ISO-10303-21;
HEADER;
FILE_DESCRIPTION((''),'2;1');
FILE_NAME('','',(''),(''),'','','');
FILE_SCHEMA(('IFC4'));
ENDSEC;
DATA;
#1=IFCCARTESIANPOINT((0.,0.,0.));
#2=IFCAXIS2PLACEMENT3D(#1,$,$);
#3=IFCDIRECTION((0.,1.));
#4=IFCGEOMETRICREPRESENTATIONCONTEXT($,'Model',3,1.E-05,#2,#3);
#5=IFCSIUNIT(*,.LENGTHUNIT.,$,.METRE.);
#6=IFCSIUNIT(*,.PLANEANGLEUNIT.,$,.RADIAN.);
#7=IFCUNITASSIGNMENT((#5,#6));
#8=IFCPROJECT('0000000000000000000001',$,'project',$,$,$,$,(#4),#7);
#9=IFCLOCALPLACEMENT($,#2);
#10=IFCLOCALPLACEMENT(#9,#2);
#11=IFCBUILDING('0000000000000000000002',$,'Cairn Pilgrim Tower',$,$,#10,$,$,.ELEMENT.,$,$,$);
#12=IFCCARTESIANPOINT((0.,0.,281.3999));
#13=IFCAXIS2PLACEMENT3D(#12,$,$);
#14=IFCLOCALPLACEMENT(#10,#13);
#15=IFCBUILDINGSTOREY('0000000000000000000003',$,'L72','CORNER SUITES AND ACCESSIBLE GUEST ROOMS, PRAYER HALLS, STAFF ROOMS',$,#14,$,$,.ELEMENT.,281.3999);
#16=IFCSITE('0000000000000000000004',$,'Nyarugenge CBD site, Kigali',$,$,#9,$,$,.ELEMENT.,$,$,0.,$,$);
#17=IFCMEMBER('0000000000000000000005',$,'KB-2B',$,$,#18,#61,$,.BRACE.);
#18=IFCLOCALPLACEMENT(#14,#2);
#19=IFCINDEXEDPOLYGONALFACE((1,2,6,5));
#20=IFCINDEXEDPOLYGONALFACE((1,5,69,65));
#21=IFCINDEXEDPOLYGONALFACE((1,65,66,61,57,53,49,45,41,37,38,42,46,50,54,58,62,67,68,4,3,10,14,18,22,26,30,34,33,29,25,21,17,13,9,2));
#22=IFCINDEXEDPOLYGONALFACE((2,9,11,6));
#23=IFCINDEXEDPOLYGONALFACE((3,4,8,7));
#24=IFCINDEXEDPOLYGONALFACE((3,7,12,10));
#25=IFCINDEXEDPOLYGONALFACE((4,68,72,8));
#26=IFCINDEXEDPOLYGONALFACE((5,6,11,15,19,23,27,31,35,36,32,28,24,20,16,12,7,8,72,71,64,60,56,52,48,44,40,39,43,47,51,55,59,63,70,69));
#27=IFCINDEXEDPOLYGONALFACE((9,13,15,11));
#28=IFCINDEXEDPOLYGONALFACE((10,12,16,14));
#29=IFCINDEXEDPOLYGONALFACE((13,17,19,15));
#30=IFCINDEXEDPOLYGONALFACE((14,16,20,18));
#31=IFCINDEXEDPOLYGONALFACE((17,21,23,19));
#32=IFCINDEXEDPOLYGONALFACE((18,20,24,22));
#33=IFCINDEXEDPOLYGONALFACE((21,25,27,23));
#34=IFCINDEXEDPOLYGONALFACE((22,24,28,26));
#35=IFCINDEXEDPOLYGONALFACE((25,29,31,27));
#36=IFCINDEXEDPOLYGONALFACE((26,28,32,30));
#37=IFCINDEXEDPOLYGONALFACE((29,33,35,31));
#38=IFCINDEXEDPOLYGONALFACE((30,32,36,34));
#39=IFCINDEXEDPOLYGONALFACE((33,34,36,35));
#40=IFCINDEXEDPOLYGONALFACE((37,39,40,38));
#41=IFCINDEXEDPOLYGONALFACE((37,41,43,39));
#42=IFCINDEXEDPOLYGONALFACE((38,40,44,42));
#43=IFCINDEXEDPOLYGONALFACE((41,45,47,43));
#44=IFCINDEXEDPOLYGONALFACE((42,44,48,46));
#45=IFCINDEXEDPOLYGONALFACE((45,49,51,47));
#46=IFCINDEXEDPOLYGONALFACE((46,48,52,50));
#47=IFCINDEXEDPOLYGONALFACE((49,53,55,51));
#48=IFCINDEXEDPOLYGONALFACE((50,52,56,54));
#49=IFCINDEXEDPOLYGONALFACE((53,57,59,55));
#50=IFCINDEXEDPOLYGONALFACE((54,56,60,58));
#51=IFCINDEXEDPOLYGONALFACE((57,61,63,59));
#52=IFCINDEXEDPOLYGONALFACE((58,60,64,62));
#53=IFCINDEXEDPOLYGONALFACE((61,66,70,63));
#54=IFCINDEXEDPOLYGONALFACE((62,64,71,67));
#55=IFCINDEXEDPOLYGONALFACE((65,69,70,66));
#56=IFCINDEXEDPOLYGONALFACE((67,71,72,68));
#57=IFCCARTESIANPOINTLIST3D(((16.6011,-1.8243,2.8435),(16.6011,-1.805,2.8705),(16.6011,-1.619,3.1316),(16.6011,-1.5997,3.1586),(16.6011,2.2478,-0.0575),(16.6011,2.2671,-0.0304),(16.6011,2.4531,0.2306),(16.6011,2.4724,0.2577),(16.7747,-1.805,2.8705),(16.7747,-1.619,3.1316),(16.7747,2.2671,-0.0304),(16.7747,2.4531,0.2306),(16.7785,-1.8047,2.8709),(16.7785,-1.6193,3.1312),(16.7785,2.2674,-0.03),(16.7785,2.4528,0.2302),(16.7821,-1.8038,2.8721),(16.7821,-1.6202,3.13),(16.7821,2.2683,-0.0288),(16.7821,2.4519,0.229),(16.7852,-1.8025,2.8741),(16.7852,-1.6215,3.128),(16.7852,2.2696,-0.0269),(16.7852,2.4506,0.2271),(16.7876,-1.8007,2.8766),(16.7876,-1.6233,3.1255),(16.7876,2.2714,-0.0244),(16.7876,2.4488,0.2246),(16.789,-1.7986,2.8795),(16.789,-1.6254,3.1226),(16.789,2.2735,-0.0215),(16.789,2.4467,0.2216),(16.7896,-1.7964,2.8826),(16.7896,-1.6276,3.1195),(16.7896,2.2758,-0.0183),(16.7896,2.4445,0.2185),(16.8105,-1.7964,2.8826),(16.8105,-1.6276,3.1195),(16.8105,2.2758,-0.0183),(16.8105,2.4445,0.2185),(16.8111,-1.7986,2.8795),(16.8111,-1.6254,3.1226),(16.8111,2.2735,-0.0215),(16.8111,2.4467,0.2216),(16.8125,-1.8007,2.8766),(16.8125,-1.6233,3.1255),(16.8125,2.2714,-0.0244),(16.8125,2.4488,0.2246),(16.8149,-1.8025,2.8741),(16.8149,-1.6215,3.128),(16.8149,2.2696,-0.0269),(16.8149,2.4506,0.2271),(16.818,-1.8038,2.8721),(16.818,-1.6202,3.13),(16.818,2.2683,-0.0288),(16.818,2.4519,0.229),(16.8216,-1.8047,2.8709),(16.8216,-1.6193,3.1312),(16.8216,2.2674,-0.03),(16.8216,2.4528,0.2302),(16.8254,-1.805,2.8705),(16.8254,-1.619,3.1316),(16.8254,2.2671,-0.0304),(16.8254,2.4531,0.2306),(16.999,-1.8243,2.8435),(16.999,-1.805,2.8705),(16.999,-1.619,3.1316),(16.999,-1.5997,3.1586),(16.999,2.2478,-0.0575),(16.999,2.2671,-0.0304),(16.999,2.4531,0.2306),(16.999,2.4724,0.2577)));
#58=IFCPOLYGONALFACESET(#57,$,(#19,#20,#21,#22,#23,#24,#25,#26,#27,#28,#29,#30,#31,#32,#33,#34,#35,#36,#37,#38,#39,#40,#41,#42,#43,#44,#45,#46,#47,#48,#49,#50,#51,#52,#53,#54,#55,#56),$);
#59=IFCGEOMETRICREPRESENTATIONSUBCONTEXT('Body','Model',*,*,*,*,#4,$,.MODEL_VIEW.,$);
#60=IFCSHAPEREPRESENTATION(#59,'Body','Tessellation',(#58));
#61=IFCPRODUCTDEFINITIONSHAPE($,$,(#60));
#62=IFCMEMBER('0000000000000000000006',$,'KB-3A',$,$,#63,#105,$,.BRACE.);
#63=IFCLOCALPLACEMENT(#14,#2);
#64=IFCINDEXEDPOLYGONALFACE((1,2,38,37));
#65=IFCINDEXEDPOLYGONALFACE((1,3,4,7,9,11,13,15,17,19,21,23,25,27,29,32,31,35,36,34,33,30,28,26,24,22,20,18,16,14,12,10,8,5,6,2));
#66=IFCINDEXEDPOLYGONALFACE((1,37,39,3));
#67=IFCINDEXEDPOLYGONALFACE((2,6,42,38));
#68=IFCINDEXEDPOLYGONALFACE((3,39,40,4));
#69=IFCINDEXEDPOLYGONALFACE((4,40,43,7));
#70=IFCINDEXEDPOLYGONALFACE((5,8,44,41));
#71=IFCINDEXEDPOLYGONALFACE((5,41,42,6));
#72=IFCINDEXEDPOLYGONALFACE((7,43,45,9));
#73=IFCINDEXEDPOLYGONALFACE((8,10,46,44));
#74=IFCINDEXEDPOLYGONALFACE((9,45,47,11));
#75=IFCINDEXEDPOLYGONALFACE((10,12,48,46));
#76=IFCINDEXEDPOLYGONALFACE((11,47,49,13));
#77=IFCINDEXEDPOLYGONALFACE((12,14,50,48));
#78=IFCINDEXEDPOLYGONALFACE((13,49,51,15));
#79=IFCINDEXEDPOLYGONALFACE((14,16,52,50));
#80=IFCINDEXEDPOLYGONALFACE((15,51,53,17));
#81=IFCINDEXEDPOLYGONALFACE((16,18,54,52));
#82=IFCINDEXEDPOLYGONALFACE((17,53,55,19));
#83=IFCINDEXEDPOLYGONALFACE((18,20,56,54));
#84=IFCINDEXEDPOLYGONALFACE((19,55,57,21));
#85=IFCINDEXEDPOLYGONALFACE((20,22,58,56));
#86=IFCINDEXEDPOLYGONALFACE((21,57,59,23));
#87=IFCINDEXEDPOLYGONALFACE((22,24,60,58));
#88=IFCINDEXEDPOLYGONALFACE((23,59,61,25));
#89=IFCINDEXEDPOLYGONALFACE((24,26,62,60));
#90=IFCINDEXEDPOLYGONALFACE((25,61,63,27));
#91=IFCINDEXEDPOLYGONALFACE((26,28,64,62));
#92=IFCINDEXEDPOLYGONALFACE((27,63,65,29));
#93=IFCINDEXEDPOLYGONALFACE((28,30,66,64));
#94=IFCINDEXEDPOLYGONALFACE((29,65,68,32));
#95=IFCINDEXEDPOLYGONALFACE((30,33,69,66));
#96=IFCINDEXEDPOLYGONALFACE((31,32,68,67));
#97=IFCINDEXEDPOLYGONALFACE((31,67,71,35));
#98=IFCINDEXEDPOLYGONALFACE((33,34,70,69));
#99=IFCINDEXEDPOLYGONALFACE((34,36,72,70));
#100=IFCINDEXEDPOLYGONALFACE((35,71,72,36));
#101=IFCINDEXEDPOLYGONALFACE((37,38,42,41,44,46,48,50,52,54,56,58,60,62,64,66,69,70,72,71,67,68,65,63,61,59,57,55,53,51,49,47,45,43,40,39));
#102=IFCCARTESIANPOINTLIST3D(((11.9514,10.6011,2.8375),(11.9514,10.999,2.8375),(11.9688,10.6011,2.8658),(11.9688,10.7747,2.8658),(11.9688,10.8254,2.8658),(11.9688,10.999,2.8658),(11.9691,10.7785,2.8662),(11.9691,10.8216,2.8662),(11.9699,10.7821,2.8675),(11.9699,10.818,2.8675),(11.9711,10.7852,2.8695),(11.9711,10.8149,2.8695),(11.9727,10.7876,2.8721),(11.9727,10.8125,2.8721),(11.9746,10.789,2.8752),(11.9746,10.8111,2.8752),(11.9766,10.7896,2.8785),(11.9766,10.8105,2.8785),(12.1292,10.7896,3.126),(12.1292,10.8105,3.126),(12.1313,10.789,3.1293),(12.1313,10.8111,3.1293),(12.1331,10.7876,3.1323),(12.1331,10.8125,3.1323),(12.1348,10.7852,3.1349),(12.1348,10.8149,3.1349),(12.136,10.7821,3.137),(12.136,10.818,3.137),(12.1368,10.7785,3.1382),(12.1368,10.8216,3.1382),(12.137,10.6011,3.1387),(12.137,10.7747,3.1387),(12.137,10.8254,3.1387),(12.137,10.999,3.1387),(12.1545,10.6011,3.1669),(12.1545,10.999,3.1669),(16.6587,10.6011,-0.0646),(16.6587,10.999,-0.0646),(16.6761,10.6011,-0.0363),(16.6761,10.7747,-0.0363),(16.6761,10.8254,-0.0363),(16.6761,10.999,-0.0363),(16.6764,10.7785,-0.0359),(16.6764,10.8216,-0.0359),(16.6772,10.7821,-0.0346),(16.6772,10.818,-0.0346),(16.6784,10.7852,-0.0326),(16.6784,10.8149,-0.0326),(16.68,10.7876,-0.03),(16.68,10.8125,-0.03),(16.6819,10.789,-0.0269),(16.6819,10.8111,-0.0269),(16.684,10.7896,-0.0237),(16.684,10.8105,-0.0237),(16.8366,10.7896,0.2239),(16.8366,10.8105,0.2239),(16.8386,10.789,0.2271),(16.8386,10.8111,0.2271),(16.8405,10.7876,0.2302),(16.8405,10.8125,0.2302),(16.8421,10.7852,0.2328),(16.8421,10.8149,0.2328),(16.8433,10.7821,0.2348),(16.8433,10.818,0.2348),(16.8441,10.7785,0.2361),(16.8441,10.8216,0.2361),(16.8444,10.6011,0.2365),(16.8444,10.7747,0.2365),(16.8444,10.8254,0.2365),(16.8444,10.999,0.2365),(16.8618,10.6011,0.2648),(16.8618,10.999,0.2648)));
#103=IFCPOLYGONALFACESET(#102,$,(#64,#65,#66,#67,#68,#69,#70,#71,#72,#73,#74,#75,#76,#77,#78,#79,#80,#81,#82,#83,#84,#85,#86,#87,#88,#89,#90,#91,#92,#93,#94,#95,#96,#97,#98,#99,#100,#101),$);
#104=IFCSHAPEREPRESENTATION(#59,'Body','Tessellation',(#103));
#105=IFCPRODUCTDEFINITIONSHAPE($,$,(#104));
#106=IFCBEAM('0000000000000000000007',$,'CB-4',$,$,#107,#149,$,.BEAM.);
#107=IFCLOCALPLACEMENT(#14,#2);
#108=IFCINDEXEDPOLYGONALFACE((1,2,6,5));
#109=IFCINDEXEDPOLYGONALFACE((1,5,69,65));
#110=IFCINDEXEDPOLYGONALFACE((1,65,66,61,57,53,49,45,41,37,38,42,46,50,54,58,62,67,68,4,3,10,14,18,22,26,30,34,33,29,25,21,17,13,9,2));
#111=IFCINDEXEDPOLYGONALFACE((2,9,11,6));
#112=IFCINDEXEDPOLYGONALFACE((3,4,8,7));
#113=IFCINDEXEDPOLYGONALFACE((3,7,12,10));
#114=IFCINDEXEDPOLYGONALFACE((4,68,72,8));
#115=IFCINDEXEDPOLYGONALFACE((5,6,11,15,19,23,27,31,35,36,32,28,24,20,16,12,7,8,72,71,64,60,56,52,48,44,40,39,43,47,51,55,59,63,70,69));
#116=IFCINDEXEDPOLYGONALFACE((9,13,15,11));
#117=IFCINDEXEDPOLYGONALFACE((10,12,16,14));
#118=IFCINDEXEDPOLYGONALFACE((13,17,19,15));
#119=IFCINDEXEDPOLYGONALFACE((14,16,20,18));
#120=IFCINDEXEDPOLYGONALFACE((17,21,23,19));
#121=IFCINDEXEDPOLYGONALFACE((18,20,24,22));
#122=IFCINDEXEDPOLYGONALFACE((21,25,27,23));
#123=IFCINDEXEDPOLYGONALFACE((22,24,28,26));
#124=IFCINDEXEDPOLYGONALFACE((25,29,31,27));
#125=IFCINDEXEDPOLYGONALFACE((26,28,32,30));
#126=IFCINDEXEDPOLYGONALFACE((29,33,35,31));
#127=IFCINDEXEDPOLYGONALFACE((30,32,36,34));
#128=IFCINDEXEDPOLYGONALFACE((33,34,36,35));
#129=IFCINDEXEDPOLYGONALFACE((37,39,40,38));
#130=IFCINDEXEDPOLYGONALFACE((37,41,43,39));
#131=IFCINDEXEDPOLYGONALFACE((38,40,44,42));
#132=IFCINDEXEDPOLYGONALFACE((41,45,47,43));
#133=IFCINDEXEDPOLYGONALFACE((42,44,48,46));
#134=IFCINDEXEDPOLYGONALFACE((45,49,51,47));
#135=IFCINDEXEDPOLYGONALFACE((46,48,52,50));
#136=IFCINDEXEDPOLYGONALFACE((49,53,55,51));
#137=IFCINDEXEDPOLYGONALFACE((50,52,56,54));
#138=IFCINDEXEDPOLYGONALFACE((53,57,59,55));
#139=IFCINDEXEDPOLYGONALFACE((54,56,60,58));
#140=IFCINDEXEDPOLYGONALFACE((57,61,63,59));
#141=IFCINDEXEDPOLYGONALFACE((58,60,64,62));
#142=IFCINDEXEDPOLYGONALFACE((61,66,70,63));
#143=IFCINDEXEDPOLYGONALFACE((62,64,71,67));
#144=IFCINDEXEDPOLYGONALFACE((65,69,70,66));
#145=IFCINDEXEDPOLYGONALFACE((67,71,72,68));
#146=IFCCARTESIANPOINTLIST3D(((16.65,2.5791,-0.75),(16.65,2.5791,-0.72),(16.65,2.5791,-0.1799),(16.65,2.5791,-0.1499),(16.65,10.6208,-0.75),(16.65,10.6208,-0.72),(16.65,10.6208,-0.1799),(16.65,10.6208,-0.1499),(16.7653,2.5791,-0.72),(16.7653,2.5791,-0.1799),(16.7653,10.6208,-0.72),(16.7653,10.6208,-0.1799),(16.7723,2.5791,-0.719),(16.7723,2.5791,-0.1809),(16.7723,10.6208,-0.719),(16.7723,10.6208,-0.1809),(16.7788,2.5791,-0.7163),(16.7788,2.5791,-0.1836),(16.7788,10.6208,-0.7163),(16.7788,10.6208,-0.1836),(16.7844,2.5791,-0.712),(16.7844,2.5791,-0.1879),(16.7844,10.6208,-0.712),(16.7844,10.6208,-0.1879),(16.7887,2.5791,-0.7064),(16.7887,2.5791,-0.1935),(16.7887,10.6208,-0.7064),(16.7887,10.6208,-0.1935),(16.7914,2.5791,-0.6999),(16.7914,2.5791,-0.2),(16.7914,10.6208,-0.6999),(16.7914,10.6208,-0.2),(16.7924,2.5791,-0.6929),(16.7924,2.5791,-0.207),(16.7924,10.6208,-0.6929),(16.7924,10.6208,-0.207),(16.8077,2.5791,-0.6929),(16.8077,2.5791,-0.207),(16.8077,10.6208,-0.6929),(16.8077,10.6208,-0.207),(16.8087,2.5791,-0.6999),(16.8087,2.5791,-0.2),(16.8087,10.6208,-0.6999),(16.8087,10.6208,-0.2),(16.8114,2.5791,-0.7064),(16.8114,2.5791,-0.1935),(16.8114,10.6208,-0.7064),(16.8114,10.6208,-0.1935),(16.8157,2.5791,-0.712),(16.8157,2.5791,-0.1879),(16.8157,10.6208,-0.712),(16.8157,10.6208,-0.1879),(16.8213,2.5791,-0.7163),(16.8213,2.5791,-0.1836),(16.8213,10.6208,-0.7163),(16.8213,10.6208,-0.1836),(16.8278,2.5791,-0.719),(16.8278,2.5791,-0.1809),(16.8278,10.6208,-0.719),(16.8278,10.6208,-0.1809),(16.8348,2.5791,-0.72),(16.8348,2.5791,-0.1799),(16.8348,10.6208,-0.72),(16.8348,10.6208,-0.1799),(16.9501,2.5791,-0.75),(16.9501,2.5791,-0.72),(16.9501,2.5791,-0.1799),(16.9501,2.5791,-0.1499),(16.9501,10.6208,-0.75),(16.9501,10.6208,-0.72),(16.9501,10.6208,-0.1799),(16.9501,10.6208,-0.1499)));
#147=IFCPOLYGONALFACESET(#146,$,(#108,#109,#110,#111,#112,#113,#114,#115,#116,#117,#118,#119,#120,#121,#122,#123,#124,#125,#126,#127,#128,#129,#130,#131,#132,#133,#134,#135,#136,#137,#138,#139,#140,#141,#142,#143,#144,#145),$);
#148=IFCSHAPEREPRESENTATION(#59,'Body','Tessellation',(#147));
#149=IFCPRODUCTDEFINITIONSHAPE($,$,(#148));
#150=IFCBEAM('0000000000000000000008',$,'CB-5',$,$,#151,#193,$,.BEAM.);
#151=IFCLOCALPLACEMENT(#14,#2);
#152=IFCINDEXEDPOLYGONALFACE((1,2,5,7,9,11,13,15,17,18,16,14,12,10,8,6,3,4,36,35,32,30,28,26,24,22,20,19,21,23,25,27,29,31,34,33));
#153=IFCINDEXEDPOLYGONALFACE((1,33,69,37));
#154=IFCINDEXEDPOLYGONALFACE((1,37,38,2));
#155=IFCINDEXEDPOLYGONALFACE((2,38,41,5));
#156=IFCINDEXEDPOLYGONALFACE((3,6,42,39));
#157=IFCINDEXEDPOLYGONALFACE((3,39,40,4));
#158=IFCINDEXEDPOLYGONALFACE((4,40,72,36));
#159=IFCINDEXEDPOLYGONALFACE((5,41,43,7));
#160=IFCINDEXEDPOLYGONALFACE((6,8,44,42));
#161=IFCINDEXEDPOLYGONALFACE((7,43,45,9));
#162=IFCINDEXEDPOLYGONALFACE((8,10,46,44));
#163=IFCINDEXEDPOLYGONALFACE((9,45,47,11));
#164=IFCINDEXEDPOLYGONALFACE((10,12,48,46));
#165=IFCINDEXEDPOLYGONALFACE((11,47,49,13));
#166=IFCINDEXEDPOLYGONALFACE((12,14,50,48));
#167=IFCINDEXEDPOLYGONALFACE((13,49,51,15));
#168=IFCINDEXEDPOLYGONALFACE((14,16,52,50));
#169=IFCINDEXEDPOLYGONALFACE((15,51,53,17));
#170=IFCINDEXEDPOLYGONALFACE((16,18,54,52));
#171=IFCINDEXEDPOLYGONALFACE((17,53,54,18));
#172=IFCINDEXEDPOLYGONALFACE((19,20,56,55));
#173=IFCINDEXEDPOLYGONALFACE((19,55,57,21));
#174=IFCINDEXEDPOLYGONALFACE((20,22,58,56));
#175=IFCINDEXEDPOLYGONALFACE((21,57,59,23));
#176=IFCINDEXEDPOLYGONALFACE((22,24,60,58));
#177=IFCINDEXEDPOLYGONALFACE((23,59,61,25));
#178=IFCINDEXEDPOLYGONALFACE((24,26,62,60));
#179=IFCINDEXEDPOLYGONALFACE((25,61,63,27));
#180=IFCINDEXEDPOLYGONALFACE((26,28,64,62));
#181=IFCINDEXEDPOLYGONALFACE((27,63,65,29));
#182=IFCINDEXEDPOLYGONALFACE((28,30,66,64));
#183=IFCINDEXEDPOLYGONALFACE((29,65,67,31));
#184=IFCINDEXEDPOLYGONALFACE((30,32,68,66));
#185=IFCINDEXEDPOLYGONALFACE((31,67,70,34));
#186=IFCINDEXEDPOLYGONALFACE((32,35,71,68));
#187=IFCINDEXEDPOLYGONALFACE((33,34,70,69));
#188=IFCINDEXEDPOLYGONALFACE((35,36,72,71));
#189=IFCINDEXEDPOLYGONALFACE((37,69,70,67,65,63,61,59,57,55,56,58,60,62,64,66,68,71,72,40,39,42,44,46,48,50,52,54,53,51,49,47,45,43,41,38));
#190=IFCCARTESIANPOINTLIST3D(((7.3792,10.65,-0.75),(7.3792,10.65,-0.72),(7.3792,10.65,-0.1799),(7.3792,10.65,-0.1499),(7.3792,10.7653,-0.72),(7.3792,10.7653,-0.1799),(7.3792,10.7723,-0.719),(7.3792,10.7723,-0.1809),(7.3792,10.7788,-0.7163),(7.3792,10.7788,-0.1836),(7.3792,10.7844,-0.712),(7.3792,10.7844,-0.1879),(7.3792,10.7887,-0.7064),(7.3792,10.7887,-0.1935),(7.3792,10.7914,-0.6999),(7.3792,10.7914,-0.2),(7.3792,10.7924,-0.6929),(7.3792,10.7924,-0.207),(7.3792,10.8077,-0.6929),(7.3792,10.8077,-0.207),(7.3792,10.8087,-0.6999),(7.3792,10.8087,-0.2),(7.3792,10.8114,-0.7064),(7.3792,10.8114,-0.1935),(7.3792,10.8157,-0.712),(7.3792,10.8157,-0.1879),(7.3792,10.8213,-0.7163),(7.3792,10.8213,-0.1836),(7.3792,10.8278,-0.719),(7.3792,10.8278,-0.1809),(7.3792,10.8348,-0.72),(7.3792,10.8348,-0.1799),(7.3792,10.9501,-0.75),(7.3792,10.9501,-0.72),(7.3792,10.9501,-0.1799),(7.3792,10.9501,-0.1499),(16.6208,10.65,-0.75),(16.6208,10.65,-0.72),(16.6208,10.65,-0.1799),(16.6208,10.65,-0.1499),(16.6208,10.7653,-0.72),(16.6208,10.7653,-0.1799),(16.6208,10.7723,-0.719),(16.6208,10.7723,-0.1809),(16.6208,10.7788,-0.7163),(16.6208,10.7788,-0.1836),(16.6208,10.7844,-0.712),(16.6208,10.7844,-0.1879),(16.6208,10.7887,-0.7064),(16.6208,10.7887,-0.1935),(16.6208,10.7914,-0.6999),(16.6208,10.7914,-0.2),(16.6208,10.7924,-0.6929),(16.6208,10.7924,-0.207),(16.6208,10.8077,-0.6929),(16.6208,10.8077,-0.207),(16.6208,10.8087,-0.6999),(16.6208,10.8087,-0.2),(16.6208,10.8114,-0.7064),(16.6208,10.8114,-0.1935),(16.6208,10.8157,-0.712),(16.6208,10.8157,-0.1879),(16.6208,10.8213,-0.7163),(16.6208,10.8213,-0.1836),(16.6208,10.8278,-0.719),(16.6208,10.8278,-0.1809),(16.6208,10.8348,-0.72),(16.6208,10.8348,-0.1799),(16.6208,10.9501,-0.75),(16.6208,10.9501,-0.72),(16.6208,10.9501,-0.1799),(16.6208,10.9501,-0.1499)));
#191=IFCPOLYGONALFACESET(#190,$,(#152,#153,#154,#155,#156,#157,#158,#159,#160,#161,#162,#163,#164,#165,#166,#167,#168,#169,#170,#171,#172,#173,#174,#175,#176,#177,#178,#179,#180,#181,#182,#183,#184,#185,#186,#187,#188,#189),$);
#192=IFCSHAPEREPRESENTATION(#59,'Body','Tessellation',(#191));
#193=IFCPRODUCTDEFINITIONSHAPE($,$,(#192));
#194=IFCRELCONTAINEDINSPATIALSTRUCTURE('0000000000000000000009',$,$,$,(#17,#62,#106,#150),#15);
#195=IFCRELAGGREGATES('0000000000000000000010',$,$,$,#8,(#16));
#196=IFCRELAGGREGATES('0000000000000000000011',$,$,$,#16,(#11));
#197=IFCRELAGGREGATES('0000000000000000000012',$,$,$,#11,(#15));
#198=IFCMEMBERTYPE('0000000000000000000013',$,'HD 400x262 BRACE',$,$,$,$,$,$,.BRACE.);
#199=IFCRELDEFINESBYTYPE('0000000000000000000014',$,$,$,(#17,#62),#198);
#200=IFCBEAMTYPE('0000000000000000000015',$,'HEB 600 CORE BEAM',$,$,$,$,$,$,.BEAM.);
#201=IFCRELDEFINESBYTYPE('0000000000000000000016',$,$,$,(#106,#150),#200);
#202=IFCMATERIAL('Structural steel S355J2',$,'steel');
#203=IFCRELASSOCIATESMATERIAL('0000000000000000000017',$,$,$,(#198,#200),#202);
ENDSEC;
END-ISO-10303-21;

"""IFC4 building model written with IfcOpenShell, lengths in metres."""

from ifc_helpers import new_model, si_unit, direction, frame, origin, origin_2d, place, context, subcontext, project, spatial, i_section, extrude, material, material_profile, profile_set, type_object, element, save


model = new_model("IFC4")

# Units and contexts
model_context = context("Model", 3, precision=1e-05, world=origin(), true_north=direction((0.0, 1.0)))
body_context = subcontext(model_context, "Body", "Model", "MODEL_VIEW")
ifc_project = project(units=[si_unit("LENGTHUNIT", "METRE"), si_unit("PLANEANGLEUNIT", "RADIAN")], contexts=[model_context])

# Site, building, storey
site_placement = place(None, origin())
site = spatial("IfcSite", under=ifc_project, at=site_placement, Name="Nyarugenge CBD site, Kigali", CompositionType="ELEMENT", RefElevation=0.0)
building_placement = place(site_placement, origin())
building = spatial("IfcBuilding", under=site, at=building_placement, Name="Cairn Pilgrim Tower", CompositionType="ELEMENT")
storey_placement = place(building_placement, frame((0.0, 0.0, 281.3999)))
storey = spatial("IfcBuildingStorey", under=building, at=storey_placement, Name="L72", Description="CORNER SUITES AND ACCESSIBLE GUEST ROOMS, PRAYER HALLS, STAFF ROOMS", CompositionType="ELEMENT", Elevation=281.3999)

# Shared definitions
ifc_material_1 = material(Name="Structural steel S355J2", Category="steel")

# Members
ifc_material_profile_1 = material_profile(ifc_material_1, i_section(OverallWidth=0.3979, OverallDepth=0.387, WebThickness=0.021, FlangeThickness=0.0332, FilletRadius=0.0149, at=origin_2d()), Name="HD 400x262")
ifc_profile_set_1 = profile_set([ifc_material_profile_1], Name="Structural steel S355J2")
member_type = type_object("IfcMemberType", Name="HD 400x262 BRACE", PredefinedType="BRACE", material=ifc_profile_set_1)
member_1_placement = place(storey_placement, frame((16.8, 2.3601, 0.1001), z_axis=(0.0, -0.814462, 0.580217), x_axis=(1.0, 0.0, 0.0)))
element("IfcMember", 1, at=member_1_placement, inside=storey, type_object=member_type, Name="KB-2B", PredefinedType="BRACE", context=body_context, shape_type="SweptSolid", body=[
    extrude(i_section(OverallWidth=0.3979, OverallDepth=0.387, WebThickness=0.021, FlangeThickness=0.0332, FilletRadius=0.0149, at=origin_2d()), origin(), (0.0, 0.0, 1.0), 4.9998),
])
member_2_placement = place(storey_placement, frame((16.7603, 10.8, 0.1001), z_axis=(-0.851229, 0.0, 0.524794), x_axis=(0.0, -1.0, 0.0)))
element("IfcMember", 2, at=member_2_placement, inside=storey, type_object=member_type, Name="KB-3A", PredefinedType="BRACE", context=body_context, shape_type="SweptSolid", body=[
    extrude(i_section(OverallWidth=0.3979, OverallDepth=0.387, WebThickness=0.021, FlangeThickness=0.0332, FilletRadius=0.0149, at=origin_2d()), origin(), (0.0, 0.0, 1.0), 5.53),
])

# Beams
ifc_material_profile_2 = material_profile(ifc_material_1, i_section(OverallWidth=0.3, OverallDepth=0.6001, WebThickness=0.0154, FlangeThickness=0.03, FilletRadius=0.0271, at=origin_2d()), Name="HEB 600")
ifc_profile_set_2 = profile_set([ifc_material_profile_2], Name="Structural steel S355J2")
beam_type_1 = type_object("IfcBeamType", Name="HEB 600 CORE BEAM", PredefinedType="BEAM", material=ifc_profile_set_2)
beam_1_placement = place(storey_placement, frame((16.8, 2.5791, -0.45), z_axis=(0.0, 1.0, 0.0), x_axis=(-1.0, 0.0, 0.0)))
element("IfcBeam", 3, at=beam_1_placement, inside=storey, type_object=beam_type_1, Name="CB-4", PredefinedType="BEAM", context=body_context, shape_type="SweptSolid", body=[
    extrude(i_section(OverallWidth=0.3, OverallDepth=0.6001, WebThickness=0.0154, FlangeThickness=0.03, FilletRadius=0.0271, at=origin_2d()), origin(), (0.0, 0.0, 1.0), 8.0417),
])
beam_2_placement = place(storey_placement, frame((16.6208, 10.8, -0.45), z_axis=(-1.0, 0.0, 0.0), x_axis=(0.0, -1.0, 0.0)))
element("IfcBeam", 4, at=beam_2_placement, inside=storey, type_object=beam_type_1, Name="CB-5", PredefinedType="BEAM", context=body_context, shape_type="SweptSolid", body=[
    extrude(i_section(OverallWidth=0.3, OverallDepth=0.6001, WebThickness=0.0154, FlangeThickness=0.03, FilletRadius=0.0271, at=origin_2d()), origin(), (0.0, 0.0, 1.0), 9.2417),
])

save(model, "model.ifc")
